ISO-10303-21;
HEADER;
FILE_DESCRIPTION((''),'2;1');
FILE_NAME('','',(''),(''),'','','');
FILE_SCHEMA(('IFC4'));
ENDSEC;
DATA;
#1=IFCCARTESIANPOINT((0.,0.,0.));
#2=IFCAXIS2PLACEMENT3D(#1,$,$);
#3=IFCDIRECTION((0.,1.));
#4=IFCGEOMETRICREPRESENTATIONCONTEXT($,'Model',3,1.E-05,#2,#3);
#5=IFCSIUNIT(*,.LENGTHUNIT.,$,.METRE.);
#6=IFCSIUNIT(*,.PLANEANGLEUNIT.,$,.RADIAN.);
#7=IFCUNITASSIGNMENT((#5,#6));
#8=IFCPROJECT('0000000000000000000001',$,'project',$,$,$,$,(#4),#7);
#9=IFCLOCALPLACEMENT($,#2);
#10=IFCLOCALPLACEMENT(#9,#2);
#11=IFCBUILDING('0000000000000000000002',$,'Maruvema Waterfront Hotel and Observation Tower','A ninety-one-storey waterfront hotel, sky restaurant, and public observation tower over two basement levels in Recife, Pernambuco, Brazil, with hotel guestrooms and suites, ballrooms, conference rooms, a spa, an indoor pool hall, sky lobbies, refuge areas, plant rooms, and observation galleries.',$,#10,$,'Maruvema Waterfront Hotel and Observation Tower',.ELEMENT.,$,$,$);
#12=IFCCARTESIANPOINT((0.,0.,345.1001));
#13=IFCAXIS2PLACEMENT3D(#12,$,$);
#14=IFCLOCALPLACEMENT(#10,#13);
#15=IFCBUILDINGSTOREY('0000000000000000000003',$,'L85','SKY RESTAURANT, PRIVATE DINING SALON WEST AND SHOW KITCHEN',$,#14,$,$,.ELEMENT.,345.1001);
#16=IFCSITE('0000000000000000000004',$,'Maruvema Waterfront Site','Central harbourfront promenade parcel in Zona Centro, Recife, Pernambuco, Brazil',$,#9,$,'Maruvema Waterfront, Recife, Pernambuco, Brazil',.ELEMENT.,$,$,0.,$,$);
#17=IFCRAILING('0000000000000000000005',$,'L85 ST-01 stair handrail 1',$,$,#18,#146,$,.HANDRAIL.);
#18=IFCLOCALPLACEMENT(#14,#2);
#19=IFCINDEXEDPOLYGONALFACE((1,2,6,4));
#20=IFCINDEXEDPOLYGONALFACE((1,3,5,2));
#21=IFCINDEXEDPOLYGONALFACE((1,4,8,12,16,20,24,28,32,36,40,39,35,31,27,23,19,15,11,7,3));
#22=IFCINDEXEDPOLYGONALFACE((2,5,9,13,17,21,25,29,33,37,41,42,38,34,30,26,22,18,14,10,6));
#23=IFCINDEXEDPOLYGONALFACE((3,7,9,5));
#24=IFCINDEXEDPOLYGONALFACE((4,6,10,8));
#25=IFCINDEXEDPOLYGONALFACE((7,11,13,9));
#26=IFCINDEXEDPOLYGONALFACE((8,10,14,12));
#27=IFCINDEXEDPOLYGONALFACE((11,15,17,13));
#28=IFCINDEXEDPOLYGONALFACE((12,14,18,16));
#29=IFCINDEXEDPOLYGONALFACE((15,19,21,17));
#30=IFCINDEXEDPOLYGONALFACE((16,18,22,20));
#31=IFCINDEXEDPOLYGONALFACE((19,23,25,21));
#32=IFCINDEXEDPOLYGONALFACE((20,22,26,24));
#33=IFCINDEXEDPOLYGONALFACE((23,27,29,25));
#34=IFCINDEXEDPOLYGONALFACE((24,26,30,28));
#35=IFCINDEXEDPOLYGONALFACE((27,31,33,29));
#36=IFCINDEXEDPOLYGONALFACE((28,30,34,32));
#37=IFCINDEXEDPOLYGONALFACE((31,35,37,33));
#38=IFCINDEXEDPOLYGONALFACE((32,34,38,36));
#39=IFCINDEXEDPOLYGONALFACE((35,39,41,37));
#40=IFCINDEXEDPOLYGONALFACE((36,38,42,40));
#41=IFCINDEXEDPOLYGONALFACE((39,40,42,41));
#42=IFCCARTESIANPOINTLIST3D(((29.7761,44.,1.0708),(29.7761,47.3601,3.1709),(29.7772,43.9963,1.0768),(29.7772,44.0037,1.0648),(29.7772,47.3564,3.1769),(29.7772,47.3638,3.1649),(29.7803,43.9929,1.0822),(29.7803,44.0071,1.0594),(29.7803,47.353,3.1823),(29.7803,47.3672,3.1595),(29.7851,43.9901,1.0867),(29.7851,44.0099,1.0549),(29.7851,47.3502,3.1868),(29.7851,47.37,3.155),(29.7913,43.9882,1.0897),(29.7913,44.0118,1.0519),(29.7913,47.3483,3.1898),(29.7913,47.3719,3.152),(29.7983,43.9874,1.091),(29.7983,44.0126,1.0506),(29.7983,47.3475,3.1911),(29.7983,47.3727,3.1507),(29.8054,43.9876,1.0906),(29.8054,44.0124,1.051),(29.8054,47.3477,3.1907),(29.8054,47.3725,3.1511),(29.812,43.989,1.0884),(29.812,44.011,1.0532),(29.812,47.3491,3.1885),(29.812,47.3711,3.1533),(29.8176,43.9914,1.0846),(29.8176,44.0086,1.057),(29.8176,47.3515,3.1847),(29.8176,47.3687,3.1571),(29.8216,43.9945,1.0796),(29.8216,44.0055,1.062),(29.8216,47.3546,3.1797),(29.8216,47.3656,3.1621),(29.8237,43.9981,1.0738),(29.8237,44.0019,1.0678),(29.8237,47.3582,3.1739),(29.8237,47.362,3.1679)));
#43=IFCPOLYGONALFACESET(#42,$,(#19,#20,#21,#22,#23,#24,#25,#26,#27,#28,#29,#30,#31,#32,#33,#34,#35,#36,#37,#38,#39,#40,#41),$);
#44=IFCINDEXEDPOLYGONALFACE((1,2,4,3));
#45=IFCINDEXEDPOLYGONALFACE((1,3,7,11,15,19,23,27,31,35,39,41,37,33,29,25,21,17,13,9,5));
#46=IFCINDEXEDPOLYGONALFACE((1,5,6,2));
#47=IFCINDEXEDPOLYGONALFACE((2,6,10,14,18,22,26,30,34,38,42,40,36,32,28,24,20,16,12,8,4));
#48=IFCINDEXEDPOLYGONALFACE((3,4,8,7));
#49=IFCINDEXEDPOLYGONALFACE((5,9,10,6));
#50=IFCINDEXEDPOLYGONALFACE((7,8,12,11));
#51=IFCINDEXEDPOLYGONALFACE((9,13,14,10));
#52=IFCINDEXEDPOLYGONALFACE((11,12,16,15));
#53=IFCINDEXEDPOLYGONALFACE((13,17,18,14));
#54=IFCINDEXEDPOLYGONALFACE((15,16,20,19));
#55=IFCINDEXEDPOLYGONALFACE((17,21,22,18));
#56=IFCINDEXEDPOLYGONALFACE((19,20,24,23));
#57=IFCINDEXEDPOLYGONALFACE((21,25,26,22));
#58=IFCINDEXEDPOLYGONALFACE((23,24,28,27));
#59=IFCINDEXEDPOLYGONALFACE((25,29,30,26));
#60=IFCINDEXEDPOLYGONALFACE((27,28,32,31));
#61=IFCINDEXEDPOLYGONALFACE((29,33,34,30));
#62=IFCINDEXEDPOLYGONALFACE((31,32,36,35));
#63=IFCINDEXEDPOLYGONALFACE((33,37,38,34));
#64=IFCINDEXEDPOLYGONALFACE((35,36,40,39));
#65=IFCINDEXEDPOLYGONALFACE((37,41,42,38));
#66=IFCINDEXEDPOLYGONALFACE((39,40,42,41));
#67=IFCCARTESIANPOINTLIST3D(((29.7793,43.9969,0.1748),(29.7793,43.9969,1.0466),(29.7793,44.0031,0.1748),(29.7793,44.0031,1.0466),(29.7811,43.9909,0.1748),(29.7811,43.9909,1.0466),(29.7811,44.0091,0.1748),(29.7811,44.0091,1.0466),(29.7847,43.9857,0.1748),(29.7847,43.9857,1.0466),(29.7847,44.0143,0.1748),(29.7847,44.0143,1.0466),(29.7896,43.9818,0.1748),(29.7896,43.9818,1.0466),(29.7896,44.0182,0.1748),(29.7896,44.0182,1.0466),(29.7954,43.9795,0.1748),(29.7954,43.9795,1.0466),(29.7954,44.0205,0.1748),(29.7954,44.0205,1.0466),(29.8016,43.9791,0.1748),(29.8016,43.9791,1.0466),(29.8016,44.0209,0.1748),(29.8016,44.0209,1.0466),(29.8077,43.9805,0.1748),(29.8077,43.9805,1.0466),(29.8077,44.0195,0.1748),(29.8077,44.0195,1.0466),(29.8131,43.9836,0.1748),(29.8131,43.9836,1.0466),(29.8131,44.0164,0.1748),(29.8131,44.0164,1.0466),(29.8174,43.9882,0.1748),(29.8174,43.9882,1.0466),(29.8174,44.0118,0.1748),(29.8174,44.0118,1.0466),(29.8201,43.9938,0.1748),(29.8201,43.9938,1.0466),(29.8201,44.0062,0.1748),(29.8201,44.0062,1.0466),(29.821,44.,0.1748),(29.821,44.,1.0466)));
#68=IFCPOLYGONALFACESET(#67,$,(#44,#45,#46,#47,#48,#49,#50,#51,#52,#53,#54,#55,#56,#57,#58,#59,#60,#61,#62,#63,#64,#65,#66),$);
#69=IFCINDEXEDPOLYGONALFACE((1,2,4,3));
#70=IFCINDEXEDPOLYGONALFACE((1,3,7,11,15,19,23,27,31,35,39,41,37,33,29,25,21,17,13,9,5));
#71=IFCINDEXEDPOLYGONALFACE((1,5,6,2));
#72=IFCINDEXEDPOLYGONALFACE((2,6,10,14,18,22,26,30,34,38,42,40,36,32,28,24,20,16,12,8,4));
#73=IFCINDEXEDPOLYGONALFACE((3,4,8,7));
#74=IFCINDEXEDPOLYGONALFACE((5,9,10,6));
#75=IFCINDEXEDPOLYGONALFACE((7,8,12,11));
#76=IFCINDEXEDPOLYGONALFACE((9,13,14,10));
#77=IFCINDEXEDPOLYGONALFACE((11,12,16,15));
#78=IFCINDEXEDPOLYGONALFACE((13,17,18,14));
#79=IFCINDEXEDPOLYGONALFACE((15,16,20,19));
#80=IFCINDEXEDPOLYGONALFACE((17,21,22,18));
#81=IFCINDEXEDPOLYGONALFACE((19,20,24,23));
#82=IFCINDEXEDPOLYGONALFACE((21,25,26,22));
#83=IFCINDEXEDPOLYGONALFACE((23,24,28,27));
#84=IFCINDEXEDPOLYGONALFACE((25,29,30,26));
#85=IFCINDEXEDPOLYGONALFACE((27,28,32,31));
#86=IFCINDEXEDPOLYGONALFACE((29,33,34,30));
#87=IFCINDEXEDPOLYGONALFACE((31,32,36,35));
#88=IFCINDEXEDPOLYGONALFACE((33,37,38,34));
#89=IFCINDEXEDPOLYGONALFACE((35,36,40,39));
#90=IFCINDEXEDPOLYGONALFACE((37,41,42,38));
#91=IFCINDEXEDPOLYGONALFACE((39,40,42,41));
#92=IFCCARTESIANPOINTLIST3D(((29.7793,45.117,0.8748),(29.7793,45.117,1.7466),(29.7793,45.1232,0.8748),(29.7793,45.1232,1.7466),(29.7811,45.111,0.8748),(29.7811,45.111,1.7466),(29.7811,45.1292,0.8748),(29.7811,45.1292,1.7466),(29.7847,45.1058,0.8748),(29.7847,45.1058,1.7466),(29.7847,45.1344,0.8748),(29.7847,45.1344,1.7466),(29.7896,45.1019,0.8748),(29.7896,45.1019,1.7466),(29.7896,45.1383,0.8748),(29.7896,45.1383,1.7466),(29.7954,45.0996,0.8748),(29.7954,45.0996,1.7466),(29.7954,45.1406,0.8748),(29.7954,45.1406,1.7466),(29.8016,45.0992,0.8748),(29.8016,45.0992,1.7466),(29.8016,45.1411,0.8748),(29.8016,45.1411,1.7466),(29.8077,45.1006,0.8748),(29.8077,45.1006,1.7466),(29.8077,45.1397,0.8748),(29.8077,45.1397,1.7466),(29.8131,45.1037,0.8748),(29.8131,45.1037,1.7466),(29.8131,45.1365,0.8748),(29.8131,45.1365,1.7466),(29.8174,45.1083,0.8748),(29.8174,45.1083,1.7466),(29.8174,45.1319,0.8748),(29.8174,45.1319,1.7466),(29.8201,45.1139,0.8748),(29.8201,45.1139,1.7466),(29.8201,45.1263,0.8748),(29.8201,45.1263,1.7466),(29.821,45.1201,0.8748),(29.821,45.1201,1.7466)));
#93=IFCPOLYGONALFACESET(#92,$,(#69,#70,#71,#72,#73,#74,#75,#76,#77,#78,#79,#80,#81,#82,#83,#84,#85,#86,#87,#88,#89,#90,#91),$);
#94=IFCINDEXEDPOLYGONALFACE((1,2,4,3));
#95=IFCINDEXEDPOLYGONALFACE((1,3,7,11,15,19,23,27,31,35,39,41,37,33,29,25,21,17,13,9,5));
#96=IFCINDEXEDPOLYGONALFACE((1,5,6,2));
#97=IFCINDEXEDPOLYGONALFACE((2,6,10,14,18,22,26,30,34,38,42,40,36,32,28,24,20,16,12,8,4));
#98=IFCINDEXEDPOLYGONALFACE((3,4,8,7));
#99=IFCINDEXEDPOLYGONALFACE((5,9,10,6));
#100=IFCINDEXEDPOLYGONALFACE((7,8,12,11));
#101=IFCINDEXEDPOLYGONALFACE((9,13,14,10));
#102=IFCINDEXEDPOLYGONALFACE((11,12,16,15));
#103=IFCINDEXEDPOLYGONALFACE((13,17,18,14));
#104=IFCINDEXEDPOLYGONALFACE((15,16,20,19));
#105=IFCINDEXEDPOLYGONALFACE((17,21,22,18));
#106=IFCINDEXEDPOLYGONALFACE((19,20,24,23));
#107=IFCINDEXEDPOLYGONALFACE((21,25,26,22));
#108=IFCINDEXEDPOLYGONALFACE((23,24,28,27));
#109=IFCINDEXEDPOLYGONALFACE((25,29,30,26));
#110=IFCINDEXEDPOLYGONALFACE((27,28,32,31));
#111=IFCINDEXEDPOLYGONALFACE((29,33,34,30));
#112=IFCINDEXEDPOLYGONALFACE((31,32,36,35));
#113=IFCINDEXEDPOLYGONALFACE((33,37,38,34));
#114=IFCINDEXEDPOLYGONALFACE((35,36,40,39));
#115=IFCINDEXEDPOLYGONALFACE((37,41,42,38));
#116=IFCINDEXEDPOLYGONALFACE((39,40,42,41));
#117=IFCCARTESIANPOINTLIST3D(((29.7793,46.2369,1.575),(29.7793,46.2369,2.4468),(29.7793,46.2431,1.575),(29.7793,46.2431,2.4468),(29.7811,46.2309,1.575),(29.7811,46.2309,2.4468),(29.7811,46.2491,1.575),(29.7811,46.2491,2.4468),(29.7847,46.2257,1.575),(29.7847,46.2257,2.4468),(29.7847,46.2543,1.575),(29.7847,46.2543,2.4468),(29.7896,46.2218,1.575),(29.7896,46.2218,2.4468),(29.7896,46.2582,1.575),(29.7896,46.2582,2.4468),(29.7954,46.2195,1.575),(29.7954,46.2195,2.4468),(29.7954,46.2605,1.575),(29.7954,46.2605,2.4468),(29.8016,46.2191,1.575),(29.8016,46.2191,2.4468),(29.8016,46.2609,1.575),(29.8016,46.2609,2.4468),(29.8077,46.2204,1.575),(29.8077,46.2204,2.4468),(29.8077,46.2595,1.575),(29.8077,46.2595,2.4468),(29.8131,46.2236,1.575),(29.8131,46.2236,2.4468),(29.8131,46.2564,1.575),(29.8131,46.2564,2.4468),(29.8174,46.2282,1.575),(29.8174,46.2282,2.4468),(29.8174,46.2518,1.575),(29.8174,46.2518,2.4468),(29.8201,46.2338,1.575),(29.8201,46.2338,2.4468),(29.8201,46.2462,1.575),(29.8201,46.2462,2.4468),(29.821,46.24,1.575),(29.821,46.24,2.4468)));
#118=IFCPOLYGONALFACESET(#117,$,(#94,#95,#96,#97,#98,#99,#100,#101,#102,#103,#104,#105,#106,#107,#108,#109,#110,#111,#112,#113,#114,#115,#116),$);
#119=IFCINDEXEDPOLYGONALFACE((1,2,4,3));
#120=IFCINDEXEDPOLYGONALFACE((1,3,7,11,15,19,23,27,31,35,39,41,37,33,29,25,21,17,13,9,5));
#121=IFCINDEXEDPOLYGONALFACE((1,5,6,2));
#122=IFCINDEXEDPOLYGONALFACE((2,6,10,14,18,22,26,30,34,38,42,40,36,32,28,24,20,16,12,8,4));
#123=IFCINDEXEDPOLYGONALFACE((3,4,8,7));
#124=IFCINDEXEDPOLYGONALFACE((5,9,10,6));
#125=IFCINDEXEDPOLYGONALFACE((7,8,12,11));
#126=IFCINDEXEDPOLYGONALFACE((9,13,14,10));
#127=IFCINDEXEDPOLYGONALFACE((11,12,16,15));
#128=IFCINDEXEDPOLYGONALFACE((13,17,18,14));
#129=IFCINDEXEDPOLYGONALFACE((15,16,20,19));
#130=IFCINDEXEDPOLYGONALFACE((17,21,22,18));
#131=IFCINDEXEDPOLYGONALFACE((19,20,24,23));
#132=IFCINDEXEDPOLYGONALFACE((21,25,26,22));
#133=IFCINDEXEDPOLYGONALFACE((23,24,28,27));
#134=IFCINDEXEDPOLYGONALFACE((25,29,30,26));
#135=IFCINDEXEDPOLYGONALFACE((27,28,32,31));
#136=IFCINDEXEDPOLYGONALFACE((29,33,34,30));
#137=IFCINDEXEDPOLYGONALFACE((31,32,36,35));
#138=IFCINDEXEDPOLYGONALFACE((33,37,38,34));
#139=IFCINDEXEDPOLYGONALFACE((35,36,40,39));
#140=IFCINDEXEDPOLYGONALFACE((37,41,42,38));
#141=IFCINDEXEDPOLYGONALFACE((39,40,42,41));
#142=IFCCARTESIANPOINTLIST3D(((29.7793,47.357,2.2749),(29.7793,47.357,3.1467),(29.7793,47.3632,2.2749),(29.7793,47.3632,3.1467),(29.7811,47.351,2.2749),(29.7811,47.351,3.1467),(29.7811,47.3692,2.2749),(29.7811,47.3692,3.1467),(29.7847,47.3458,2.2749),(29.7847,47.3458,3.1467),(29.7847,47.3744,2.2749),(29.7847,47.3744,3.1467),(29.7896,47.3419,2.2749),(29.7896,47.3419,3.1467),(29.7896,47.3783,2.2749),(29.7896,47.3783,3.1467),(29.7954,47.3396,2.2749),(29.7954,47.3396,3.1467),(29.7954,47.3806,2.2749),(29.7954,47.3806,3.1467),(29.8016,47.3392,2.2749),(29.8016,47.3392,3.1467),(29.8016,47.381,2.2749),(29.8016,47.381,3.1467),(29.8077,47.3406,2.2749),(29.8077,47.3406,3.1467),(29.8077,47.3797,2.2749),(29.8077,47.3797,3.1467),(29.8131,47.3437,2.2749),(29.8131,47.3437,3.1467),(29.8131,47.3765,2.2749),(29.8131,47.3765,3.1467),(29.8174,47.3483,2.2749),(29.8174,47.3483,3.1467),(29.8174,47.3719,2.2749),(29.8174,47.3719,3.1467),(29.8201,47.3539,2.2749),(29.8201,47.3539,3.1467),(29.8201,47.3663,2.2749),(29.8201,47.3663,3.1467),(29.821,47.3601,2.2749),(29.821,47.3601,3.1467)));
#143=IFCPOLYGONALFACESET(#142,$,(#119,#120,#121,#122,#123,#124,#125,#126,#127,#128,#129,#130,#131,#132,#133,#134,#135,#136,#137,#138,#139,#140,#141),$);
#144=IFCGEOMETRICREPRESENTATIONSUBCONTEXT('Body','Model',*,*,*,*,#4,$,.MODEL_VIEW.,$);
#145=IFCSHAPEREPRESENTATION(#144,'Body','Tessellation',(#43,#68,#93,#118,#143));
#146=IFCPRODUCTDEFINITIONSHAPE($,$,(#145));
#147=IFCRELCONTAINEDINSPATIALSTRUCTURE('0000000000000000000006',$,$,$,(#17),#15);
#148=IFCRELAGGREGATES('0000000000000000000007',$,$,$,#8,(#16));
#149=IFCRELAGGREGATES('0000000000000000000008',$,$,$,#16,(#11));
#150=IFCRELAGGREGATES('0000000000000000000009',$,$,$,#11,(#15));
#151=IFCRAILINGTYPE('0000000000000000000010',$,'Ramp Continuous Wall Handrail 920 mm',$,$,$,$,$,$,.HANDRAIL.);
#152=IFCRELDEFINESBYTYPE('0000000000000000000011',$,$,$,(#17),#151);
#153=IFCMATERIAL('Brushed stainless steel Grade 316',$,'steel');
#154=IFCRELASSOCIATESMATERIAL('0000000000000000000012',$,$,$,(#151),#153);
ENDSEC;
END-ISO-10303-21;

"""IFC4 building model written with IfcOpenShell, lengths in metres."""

from ifc_helpers import new_model, si_unit, direction, frame, origin, origin_2d, place, context, subcontext, project, spatial, circle, extrude, material, type_object, element, save


model = new_model("IFC4")

# Units and contexts
model_context = context("Model", 3, precision=1e-05, world=origin(), true_north=direction((0.0, 1.0)))
body_context = subcontext(model_context, "Body", "Model", "MODEL_VIEW")
ifc_project = project(units=[si_unit("LENGTHUNIT", "METRE"), si_unit("PLANEANGLEUNIT", "RADIAN")], contexts=[model_context])

# Site, building, storey
site_placement = place(None, origin())
site = spatial("IfcSite", under=ifc_project, at=site_placement, Name="Maruvema Waterfront Site", Description="Central harbourfront promenade parcel in Zona Centro, Recife, Pernambuco, Brazil", LongName="Maruvema Waterfront, Recife, Pernambuco, Brazil", CompositionType="ELEMENT", RefElevation=0.0)
building_placement = place(site_placement, origin())
building = spatial("IfcBuilding", under=site, at=building_placement, Name="Maruvema Waterfront Hotel and Observation Tower", Description="A ninety-one-storey waterfront hotel, sky restaurant, and public observation tower over two basement levels in Recife, Pernambuco, Brazil, with hotel guestrooms and suites, ballrooms, conference rooms, a spa, an indoor pool hall, sky lobbies, refuge areas, plant rooms, and observation galleries.", LongName="Maruvema Waterfront Hotel and Observation Tower", CompositionType="ELEMENT")
storey_placement = place(building_placement, frame((0.0, 0.0, 345.1001)))
storey = spatial("IfcBuildingStorey", under=building, at=storey_placement, Name="L85", Description="SKY RESTAURANT, PRIVATE DINING SALON WEST AND SHOW KITCHEN", CompositionType="ELEMENT", Elevation=345.1001)

# Railing
ifc_material_1 = material(Name="Brushed stainless steel Grade 316", Category="steel")
railing_type_1 = type_object("IfcRailingType", Name="Ramp Continuous Wall Handrail 920 mm", PredefinedType="HANDRAIL", material=ifc_material_1)
railing_1_placement = place(storey_placement, frame((29.8, 44.0, 0.1748)))
element("IfcRailing", 1, at=railing_1_placement, inside=storey, type_object=railing_type_1, Name="L85 ST-01 stair handrail 1", PredefinedType="HANDRAIL", context=body_context, shape_type="SweptSolid", body=[
    extrude(circle(Radius=0.0239, at=origin_2d()), frame((0.0, 0.0, 0.896), z_axis=(0.0, 0.847995, 0.530004), x_axis=(-1.0, 0.0, 0.0)), (0.0, 0.0, 1.0), 3.9624),
    extrude(circle(Radius=0.021, at=origin_2d()), origin(), (0.0, 0.0, 1.0), 0.8718),
    extrude(circle(Radius=0.021, at=origin_2d()), frame((0.0, 1.1201, 0.7)), (0.0, 0.0, 1.0), 0.8718),
    extrude(circle(Radius=0.021, at=origin_2d()), frame((0.0, 2.24, 1.4001)), (0.0, 0.0, 1.0), 0.8718),
    extrude(circle(Radius=0.021, at=origin_2d()), frame((0.0, 3.3601, 2.1001)), (0.0, 0.0, 1.0), 0.8718),
])

save(model, "model.ifc")
